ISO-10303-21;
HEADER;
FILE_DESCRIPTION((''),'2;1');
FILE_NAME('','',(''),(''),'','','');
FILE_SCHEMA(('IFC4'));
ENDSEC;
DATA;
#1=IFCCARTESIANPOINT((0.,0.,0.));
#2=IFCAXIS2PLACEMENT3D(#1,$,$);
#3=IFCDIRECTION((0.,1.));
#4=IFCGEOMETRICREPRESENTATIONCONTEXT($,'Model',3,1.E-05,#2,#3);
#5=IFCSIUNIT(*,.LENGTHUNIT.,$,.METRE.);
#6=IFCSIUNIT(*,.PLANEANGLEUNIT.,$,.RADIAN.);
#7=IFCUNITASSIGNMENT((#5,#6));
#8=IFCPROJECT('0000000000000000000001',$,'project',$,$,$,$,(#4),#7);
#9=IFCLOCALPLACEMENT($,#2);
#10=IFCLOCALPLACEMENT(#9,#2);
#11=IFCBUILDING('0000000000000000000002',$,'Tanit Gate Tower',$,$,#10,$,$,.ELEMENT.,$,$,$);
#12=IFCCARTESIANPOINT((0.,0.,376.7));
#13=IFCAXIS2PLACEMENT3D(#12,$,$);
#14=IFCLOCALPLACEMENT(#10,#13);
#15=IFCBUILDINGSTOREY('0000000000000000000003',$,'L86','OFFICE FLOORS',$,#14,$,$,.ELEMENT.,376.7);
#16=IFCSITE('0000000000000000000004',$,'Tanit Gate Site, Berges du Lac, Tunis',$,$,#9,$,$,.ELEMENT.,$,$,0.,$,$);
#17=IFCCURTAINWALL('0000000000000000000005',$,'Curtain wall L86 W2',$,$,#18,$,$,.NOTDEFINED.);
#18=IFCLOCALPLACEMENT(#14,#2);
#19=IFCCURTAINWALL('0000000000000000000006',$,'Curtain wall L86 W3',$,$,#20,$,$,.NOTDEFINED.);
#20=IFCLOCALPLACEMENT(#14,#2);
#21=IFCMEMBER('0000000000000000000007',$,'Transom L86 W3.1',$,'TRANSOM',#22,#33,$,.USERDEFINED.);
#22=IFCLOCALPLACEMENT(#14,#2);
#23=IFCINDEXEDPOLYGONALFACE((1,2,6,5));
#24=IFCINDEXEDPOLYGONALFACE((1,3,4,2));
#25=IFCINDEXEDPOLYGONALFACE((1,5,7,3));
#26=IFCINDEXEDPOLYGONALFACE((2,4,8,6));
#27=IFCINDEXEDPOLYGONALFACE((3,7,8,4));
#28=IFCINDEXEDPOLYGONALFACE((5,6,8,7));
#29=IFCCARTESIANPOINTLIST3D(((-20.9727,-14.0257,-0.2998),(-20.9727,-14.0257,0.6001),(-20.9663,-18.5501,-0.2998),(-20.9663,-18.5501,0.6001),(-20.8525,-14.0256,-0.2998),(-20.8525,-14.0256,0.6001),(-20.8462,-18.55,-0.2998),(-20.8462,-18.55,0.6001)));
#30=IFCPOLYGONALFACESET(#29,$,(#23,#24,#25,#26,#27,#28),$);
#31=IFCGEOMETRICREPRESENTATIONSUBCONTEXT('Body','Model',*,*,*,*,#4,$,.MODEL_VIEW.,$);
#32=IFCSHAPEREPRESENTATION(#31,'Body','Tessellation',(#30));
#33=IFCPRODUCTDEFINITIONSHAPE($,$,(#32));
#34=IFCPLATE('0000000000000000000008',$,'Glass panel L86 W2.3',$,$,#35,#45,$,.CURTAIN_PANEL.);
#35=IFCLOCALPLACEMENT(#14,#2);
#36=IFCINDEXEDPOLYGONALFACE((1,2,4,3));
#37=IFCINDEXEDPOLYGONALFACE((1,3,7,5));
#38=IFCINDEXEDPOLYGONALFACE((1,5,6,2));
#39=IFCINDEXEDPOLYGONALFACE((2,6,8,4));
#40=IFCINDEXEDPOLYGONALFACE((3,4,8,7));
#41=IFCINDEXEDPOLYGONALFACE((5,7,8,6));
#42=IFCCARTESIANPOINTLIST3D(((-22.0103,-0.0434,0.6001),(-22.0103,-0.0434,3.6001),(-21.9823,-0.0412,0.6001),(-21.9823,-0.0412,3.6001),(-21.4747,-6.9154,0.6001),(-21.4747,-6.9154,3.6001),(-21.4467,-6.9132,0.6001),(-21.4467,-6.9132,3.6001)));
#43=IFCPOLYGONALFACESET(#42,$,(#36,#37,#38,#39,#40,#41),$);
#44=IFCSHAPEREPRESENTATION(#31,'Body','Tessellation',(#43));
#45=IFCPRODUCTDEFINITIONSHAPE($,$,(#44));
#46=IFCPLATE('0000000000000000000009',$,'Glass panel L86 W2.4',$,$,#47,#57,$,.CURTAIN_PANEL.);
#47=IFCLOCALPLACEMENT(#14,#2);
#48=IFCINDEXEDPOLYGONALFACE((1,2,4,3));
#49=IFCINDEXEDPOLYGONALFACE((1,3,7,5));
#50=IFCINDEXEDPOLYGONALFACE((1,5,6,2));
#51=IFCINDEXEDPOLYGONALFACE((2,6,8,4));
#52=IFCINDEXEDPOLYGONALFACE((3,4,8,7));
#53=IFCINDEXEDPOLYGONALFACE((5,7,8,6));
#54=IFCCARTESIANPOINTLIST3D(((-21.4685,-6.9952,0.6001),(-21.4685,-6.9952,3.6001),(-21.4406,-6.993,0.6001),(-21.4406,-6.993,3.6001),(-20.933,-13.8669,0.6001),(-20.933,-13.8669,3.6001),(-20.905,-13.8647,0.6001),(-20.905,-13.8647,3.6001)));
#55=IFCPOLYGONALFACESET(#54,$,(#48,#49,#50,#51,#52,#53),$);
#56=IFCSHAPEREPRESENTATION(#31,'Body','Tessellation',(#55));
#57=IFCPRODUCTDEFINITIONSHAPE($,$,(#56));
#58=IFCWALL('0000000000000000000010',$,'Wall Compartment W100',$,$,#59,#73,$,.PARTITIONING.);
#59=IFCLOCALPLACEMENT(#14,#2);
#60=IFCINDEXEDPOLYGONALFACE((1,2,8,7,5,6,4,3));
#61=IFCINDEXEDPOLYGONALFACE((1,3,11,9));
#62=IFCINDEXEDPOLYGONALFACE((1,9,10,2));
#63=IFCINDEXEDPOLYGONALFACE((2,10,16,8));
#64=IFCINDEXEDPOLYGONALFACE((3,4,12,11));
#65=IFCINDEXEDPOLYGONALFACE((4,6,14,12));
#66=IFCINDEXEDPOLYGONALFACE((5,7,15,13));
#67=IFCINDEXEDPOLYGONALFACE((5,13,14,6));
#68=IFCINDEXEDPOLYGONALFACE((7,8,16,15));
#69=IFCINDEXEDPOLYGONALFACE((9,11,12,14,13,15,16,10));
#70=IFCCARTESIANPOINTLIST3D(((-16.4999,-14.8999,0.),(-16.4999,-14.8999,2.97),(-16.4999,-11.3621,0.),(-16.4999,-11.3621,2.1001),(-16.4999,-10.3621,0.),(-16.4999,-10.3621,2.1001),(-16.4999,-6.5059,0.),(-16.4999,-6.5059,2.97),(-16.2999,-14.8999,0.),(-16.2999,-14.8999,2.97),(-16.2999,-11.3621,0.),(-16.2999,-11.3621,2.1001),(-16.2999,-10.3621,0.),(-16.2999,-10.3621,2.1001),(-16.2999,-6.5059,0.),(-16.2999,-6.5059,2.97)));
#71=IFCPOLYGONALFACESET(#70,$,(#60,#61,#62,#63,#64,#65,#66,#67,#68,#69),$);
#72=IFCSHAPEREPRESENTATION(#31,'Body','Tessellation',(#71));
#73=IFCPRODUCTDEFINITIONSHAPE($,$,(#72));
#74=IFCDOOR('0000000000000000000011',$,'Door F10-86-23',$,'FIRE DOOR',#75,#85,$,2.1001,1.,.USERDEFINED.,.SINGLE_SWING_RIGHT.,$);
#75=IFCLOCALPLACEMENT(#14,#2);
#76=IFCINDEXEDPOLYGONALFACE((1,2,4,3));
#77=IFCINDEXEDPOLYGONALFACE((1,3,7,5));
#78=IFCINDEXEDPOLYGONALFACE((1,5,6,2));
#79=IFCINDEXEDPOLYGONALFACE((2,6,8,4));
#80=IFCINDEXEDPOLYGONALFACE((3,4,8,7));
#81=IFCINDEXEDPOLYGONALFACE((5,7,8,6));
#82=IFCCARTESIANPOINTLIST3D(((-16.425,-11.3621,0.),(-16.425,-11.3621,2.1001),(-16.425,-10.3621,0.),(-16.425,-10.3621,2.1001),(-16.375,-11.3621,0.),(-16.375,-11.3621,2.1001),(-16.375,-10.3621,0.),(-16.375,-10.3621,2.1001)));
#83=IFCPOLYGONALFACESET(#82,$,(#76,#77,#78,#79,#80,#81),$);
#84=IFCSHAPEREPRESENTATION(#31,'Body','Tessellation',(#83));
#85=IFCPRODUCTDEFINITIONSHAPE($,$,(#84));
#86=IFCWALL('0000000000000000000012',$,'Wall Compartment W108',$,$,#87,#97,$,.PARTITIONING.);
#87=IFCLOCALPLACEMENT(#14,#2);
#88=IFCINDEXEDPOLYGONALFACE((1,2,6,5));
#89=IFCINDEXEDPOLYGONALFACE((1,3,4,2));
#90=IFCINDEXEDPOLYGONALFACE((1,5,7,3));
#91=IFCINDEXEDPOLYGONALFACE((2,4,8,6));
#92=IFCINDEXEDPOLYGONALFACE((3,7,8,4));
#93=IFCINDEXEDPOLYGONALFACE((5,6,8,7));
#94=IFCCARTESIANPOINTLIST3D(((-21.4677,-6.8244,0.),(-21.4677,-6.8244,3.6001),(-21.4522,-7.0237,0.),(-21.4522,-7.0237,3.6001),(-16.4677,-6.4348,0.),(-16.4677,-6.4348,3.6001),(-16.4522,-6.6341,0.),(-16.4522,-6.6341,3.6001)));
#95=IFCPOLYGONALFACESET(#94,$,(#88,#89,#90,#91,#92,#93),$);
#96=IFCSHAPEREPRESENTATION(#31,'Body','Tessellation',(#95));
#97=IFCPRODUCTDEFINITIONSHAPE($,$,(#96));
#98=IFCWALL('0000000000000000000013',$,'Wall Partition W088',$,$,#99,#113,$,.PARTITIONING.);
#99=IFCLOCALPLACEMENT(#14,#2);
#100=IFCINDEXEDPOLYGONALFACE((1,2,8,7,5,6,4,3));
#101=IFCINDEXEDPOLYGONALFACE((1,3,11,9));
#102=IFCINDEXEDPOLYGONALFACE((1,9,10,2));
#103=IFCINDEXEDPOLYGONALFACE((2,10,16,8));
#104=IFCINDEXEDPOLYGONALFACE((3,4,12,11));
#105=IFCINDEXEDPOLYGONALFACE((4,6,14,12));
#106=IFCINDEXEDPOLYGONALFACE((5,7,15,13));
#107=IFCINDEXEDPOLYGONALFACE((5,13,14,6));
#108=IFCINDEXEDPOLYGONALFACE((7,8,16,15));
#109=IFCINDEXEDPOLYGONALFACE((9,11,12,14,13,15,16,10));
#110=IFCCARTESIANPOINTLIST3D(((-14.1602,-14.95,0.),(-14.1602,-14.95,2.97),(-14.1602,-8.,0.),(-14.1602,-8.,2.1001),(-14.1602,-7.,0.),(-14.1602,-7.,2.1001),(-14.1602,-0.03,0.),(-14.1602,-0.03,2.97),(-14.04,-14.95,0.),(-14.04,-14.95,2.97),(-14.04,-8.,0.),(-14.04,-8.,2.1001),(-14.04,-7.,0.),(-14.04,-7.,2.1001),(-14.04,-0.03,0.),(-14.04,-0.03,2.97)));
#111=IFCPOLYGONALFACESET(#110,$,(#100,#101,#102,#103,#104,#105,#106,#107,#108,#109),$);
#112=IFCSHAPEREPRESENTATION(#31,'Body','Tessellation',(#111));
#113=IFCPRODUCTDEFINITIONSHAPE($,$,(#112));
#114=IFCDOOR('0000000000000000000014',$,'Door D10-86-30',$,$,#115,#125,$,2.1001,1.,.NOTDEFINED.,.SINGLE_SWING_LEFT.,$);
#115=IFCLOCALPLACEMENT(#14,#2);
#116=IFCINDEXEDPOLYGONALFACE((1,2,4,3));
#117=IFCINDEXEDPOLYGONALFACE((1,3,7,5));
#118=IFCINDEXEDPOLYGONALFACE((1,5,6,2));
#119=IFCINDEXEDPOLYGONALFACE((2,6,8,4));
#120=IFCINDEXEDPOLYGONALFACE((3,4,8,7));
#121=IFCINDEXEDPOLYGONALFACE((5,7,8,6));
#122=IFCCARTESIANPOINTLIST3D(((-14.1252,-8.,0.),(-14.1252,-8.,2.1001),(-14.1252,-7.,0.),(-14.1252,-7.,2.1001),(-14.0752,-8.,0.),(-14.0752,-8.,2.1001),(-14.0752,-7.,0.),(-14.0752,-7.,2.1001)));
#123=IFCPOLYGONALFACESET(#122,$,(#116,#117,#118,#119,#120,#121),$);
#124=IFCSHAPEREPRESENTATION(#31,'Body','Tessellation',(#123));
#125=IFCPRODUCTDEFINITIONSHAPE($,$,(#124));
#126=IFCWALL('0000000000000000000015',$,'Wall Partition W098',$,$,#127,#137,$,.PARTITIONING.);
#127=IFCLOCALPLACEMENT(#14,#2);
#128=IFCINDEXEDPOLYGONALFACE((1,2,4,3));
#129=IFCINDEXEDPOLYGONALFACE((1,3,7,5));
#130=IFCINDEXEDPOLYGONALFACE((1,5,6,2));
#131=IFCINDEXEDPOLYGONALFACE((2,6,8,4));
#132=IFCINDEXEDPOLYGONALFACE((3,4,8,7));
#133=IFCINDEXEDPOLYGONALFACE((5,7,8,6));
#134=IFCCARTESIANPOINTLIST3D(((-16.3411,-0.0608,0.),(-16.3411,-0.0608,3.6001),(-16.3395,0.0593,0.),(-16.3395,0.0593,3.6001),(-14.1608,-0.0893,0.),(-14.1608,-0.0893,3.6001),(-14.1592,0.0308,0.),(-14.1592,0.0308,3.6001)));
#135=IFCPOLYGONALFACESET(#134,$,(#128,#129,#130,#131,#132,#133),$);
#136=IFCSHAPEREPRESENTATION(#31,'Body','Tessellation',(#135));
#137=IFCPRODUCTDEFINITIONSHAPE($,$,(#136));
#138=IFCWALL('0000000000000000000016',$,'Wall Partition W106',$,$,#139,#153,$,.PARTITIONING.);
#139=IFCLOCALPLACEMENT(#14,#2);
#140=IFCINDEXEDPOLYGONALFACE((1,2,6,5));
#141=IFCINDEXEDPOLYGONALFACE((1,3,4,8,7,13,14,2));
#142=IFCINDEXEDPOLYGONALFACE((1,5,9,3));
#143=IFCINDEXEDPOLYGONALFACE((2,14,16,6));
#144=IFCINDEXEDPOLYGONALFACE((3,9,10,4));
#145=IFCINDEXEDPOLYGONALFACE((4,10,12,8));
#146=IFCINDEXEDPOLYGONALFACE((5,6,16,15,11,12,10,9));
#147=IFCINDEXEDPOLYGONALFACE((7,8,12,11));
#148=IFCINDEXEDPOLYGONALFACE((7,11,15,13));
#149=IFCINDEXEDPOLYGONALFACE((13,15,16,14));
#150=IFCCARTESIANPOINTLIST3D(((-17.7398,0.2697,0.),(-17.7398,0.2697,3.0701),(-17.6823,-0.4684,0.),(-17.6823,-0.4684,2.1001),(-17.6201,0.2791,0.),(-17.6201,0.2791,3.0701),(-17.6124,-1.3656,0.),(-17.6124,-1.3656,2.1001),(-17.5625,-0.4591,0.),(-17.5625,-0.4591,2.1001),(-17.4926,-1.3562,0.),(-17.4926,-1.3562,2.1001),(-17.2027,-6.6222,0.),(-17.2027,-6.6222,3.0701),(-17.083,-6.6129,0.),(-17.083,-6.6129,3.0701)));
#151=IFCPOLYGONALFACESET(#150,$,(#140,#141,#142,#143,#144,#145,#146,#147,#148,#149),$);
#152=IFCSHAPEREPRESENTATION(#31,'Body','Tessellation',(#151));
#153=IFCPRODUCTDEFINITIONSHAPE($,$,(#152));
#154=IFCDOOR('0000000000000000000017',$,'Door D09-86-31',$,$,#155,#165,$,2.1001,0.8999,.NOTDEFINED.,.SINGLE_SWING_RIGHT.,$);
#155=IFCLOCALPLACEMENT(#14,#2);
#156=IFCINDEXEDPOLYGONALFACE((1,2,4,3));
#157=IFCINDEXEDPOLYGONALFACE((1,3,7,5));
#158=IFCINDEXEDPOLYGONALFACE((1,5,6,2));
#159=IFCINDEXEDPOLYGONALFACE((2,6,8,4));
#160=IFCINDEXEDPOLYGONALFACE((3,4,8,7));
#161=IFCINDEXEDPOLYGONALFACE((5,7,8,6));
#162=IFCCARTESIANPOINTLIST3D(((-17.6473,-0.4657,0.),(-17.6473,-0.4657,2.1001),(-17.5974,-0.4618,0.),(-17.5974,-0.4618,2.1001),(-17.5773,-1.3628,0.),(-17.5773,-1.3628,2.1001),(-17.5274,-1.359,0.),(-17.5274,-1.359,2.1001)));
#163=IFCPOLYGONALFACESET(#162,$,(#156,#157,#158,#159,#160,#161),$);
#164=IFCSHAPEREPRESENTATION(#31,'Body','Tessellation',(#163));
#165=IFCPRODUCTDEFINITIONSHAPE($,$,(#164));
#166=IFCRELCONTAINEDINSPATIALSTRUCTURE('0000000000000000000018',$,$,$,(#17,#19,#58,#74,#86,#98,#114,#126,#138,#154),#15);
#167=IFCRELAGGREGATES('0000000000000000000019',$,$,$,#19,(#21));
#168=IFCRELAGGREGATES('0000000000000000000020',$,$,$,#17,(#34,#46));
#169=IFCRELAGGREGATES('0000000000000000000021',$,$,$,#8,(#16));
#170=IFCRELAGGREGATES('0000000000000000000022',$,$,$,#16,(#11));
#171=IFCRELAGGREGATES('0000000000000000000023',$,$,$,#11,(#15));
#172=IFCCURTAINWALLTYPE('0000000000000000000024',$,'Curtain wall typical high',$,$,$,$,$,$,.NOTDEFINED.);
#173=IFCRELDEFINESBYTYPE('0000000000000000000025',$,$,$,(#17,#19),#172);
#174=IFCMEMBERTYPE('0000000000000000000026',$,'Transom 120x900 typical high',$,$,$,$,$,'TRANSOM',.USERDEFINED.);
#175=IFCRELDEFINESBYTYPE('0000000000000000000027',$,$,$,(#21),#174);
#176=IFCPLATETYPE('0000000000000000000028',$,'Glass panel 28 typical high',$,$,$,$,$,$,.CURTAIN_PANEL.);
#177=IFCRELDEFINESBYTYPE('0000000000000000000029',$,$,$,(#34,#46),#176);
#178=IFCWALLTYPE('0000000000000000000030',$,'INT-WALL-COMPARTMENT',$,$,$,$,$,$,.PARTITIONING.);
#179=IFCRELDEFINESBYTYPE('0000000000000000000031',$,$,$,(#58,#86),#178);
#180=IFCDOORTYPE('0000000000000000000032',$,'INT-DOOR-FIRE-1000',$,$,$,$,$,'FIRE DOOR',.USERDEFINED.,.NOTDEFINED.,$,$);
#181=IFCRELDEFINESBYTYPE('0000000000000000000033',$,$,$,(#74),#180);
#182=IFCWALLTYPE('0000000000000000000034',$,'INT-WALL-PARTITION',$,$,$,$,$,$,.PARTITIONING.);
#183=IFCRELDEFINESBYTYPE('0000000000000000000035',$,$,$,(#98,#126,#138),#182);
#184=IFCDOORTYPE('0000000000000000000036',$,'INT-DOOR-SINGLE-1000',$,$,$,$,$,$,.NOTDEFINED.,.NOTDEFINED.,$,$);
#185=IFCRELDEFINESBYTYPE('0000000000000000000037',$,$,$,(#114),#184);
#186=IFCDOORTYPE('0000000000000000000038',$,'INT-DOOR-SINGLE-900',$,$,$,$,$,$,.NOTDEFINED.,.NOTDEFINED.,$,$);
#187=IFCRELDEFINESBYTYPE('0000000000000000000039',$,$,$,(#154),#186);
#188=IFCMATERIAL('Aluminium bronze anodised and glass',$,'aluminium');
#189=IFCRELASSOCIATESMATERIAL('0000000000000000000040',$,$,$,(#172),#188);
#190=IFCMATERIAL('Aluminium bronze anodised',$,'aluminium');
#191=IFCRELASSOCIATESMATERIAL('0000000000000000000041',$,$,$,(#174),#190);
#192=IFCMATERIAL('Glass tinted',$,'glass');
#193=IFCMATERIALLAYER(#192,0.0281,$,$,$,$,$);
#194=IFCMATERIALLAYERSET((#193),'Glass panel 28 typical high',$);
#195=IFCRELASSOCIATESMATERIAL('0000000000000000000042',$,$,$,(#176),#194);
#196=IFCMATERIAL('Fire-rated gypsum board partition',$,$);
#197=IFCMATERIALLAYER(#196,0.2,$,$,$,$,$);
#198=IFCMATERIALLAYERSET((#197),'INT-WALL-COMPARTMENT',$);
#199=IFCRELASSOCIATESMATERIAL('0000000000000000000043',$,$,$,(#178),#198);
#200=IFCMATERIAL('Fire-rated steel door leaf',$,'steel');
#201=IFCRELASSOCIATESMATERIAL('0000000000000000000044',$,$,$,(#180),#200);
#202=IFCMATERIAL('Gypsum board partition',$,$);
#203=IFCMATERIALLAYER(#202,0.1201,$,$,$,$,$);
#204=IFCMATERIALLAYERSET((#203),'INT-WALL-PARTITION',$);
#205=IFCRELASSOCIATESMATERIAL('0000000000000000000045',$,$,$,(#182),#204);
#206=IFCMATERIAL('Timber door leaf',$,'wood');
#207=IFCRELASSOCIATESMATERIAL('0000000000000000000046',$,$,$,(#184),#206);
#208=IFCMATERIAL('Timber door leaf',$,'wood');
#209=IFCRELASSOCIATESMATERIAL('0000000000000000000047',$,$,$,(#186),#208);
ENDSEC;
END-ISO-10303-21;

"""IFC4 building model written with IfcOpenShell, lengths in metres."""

from ifc_helpers import new_model, si_unit, direction, frame, frame_2d, origin, origin_2d, place, context, subcontext, project, spatial, rectangle, extrude, material, layer, layer_set, material_profile, profile_set, type_object, element, fill, aggregate, save


model = new_model("IFC4")

# Units and contexts
model_context = context("Model", 3, precision=1e-05, world=origin(), true_north=direction((0.0, 1.0)))
body_context = subcontext(model_context, "Body", "Model", "MODEL_VIEW")
ifc_project = project(units=[si_unit("LENGTHUNIT", "METRE"), si_unit("PLANEANGLEUNIT", "RADIAN")], contexts=[model_context])

# Site, building, storey
site_placement = place(None, origin())
site = spatial("IfcSite", under=ifc_project, at=site_placement, Name="Tanit Gate Site, Berges du Lac, Tunis", CompositionType="ELEMENT", RefElevation=0.0)
building_placement = place(site_placement, origin())
building = spatial("IfcBuilding", under=site, at=building_placement, Name="Tanit Gate Tower", CompositionType="ELEMENT")
storey_placement = place(building_placement, frame((0.0, 0.0, 376.7)))
storey = spatial("IfcBuildingStorey", under=building, at=storey_placement, Name="L86", Description="OFFICE FLOORS", CompositionType="ELEMENT", Elevation=376.7)

# Curtain wall
ifc_material_1 = material(Name="Aluminium bronze anodised and glass", Category="aluminium")
curtain_wall_type = type_object("IfcCurtainWallType", Name="Curtain wall typical high", PredefinedType="NOTDEFINED", material=ifc_material_1)
curtain_wall_1_placement = place(storey_placement, origin())
curtain_wall_1 = element("IfcCurtainWall", 1, at=curtain_wall_1_placement, inside=storey, type_object=curtain_wall_type, Name="Curtain wall L86 W2", PredefinedType="NOTDEFINED")

# Shared definitions
ifc_material_2 = material(Name="Aluminium bronze anodised", Category="aluminium")
ifc_material_profile_1 = material_profile(ifc_material_2, rectangle(XDim=0.1201, YDim=0.8999, at=origin_2d()), Name="120x900 bronze transom")
ifc_profile_set_1 = profile_set([ifc_material_profile_1], Name="Aluminium bronze anodised")
member_type_1 = type_object("IfcMemberType", Name="Transom 120x900 typical high", ElementType="TRANSOM", PredefinedType="USERDEFINED", material=ifc_profile_set_1)

# Curtain wall, member
curtain_wall_2_placement = place(storey_placement, origin())
curtain_wall_2 = element("IfcCurtainWall", 2, at=curtain_wall_2_placement, inside=storey, type_object=curtain_wall_type, Name="Curtain wall L86 W3", PredefinedType="NOTDEFINED")
member_1_placement = place(storey_placement, frame((-20.9126, -14.0256, 0.1501), z_axis=(0.001403, -0.999999, 0.0), x_axis=(0.999999, 0.001403, 0.0)))
member_1 = element("IfcMember", 3, at=member_1_placement, type_object=member_type_1, Name="Transom L86 W3.1", ObjectType="TRANSOM", PredefinedType="USERDEFINED", context=body_context, shape_type="SweptSolid", body=[
    extrude(rectangle(XDim=0.1201, YDim=0.8999, at=origin_2d()), origin(), (0.0, 0.0, 1.0), 4.5244),
])
aggregate(curtain_wall_2, [member_1])

# Plates
ifc_material_3 = material(Name="Glass tinted", Category="glass")
ifc_layer_1 = layer(ifc_material_3, 0.0281)
ifc_layer_set_1 = layer_set([ifc_layer_1], Name="Glass panel 28 typical high")
plate_type = type_object("IfcPlateType", Name="Glass panel 28 typical high", PredefinedType="CURTAIN_PANEL", material=ifc_layer_set_1)
plate_1_placement = place(storey_placement, frame((-21.7285, -3.4783, 0.6001), z_axis=(0.0, 0.0, 1.0), x_axis=(0.077701, -0.996977, 0.0)))
plate_1 = element("IfcPlate", 4, at=plate_1_placement, type_object=plate_type, Name="Glass panel L86 W2.3", PredefinedType="CURTAIN_PANEL", context=body_context, shape_type="SweptSolid", body=[
    extrude(rectangle(XDim=6.8928, YDim=0.0281, at=origin_2d()), origin(), (0.0, 0.0, 1.0), 3.0),
])
plate_2_placement = place(storey_placement, frame((-21.1868, -10.4299, 0.6001), z_axis=(0.0, 0.0, 1.0), x_axis=(0.077701, -0.996977, 0.0)))
plate_2 = element("IfcPlate", 5, at=plate_2_placement, type_object=plate_type, Name="Glass panel L86 W2.4", PredefinedType="CURTAIN_PANEL", context=body_context, shape_type="SweptSolid", body=[
    extrude(rectangle(XDim=6.8926, YDim=0.0281, at=origin_2d()), origin(), (0.0, 0.0, 1.0), 3.0),
])
aggregate(curtain_wall_1, [plate_1, plate_2])

# Wall, opening, door
ifc_material_4 = material(Name="Fire-rated gypsum board partition")
ifc_layer_2 = layer(ifc_material_4, 0.2)
ifc_layer_set_2 = layer_set([ifc_layer_2], Name="INT-WALL-COMPARTMENT")
wall_type_1 = type_object("IfcWallType", Name="INT-WALL-COMPARTMENT", PredefinedType="PARTITIONING", material=ifc_layer_set_2)
wall_1_placement = place(storey_placement, frame((-16.3999, -6.5059, 0.0), z_axis=(0.0, 0.0, 1.0), x_axis=(0.0, -1.0, 0.0)))
wall_1 = element("IfcWall", 6, at=wall_1_placement, inside=storey, type_object=wall_type_1, Name="Wall Compartment W100", PredefinedType="PARTITIONING", context=body_context, shape_type="SweptSolid", body=[
    extrude(rectangle(XDim=8.394, YDim=0.2, at=frame_2d((4.197, 0.0))), origin(), (0.0, 0.0, 1.0), 2.97),
])
opening_1_placement = place(wall_1_placement, frame((3.8562, 0.0, 0.0)))
opening_1 = element("IfcOpeningElement", 7, at=opening_1_placement, cuts=wall_1, PredefinedType="OPENING", context=body_context, shape_type="SweptSolid", body=[
    extrude(rectangle(XDim=1.0, YDim=2.1001, at=frame_2d((0.5, 1.05))), frame((0.0, 0.1099, 0.0), z_axis=(0.0, -1.0, 0.0), x_axis=(1.0, 0.0, 0.0)), (0.0, 0.0, 1.0), 0.22),
])
ifc_material_5 = material(Name="Fire-rated steel door leaf", Category="steel")
door_type_1 = type_object("IfcDoorType", Name="INT-DOOR-FIRE-1000", ElementType="FIRE DOOR", OperationType="NOTDEFINED", PredefinedType="USERDEFINED", material=ifc_material_5)
door_1_placement = place(opening_1_placement, origin())
door_1 = element("IfcDoor", 8, at=door_1_placement, inside=storey, type_object=door_type_1, Name="Door F10-86-23", ObjectType="FIRE DOOR", OperationType="SINGLE_SWING_RIGHT", OverallHeight=2.1001, OverallWidth=1.0, PredefinedType="USERDEFINED", context=body_context, shape_type="SweptSolid", body=[
    extrude(rectangle(XDim=1.0, YDim=2.1001, at=frame_2d((0.5, 1.05))), frame((0.0, 0.0249, 0.0), z_axis=(0.0, -1.0, 0.0), x_axis=(1.0, 0.0, 0.0)), (0.0, 0.0, 1.0), 0.05),
])
fill(opening_1, door_1)

# Wall
wall_2_placement = place(storey_placement, frame((-16.46, -6.5344, 0.0), z_axis=(0.0, 0.0, 1.0), x_axis=(-0.996977, -0.077694, 0.0)))
element("IfcWall", 9, at=wall_2_placement, inside=storey, type_object=wall_type_1, Name="Wall Compartment W108", PredefinedType="PARTITIONING", context=body_context, shape_type="SweptSolid", body=[
    extrude(rectangle(XDim=5.0151, YDim=0.2, at=frame_2d((2.5076, 0.0))), origin(), (0.0, 0.0, 1.0), 3.6001),
])

# Wall, opening, door
ifc_material_6 = material(Name="Gypsum board partition")
ifc_layer_3 = layer(ifc_material_6, 0.1201)
ifc_layer_set_3 = layer_set([ifc_layer_3], Name="INT-WALL-PARTITION")
wall_type_2 = type_object("IfcWallType", Name="INT-WALL-PARTITION", PredefinedType="PARTITIONING", material=ifc_layer_set_3)
wall_3_placement = place(storey_placement, frame((-14.1001, -0.03, 0.0), z_axis=(0.0, 0.0, 1.0), x_axis=(0.0, -1.0, 0.0)))
wall_3 = element("IfcWall", 10, at=wall_3_placement, inside=storey, type_object=wall_type_2, Name="Wall Partition W088", PredefinedType="PARTITIONING", context=body_context, shape_type="SweptSolid", body=[
    extrude(rectangle(XDim=14.9199, YDim=0.1201, at=frame_2d((7.46, 0.0))), origin(), (0.0, 0.0, 1.0), 2.97),
])
opening_2_placement = place(wall_3_placement, frame((6.97, 0.0, 0.0)))
opening_2 = element("IfcOpeningElement", 11, at=opening_2_placement, cuts=wall_3, PredefinedType="OPENING", context=body_context, shape_type="SweptSolid", body=[
    extrude(rectangle(XDim=1.0, YDim=2.1001, at=frame_2d((0.5, 1.05))), frame((0.0, 0.0701, 0.0), z_axis=(0.0, -1.0, 0.0), x_axis=(1.0, 0.0, 0.0)), (0.0, 0.0, 1.0), 0.1401),
])
ifc_material_7 = material(Name="Timber door leaf", Category="wood")
door_type_2 = type_object("IfcDoorType", Name="INT-DOOR-SINGLE-1000", OperationType="NOTDEFINED", PredefinedType="NOTDEFINED", material=ifc_material_7)
door_2_placement = place(opening_2_placement, origin())
door_2 = element("IfcDoor", 12, at=door_2_placement, inside=storey, type_object=door_type_2, Name="Door D10-86-30", OperationType="SINGLE_SWING_LEFT", OverallHeight=2.1001, OverallWidth=1.0, PredefinedType="NOTDEFINED", context=body_context, shape_type="SweptSolid", body=[
    extrude(rectangle(XDim=1.0, YDim=2.1001, at=frame_2d((0.5, 1.05))), frame((0.0, 0.0249, 0.0), z_axis=(0.0, -1.0, 0.0), x_axis=(1.0, 0.0, 0.0)), (0.0, 0.0, 1.0), 0.05),
])
fill(opening_2, door_2)

# Wall
wall_4_placement = place(storey_placement, frame((-14.1599, -0.0293, 0.0), z_axis=(0.0, 0.0, 1.0), x_axis=(-0.999914, 0.013101, 0.0)))
element("IfcWall", 13, at=wall_4_placement, inside=storey, type_object=wall_type_2, Name="Wall Partition W098", PredefinedType="PARTITIONING", context=body_context, shape_type="SweptSolid", body=[
    extrude(rectangle(XDim=2.1804, YDim=0.1201, at=frame_2d((1.0903, 0.0))), origin(), (0.0, 0.0, 1.0), 3.6001),
])

# Wall, opening, door
wall_5_placement = place(storey_placement, frame((-17.1428, -6.6177, 0.0), z_axis=(0.0, 0.0, 1.0), x_axis=(-0.077698, 0.996977, 0.0)))
wall_5 = element("IfcWall", 14, at=wall_5_placement, inside=storey, type_object=wall_type_2, Name="Wall Partition W106", PredefinedType="PARTITIONING", context=body_context, shape_type="SweptSolid", body=[
    extrude(rectangle(XDim=6.9128, YDim=0.1201, at=frame_2d((3.4565, 0.0))), origin(), (0.0, 0.0, 1.0), 3.0701),
])
opening_3_placement = place(wall_5_placement, frame((5.2727, 0.0, 0.0)))
opening_3 = element("IfcOpeningElement", 15, at=opening_3_placement, cuts=wall_5, PredefinedType="OPENING", context=body_context, shape_type="SweptSolid", body=[
    extrude(rectangle(XDim=0.8999, YDim=2.1001, at=frame_2d((0.45, 1.05))), frame((0.0, 0.0701, 0.0), z_axis=(0.0, -1.0, 0.0), x_axis=(1.0, 0.0, 0.0)), (0.0, 0.0, 1.0), 0.1401),
])
ifc_material_8 = material(Name="Timber door leaf", Category="wood")
door_type_3 = type_object("IfcDoorType", Name="INT-DOOR-SINGLE-900", OperationType="NOTDEFINED", PredefinedType="NOTDEFINED", material=ifc_material_8)
door_3_placement = place(opening_3_placement, origin())
door_3 = element("IfcDoor", 16, at=door_3_placement, inside=storey, type_object=door_type_3, Name="Door D09-86-31", OperationType="SINGLE_SWING_RIGHT", OverallHeight=2.1001, OverallWidth=0.8999, PredefinedType="NOTDEFINED", context=body_context, shape_type="SweptSolid", body=[
    extrude(rectangle(XDim=0.8999, YDim=2.1001, at=frame_2d((0.45, 1.05))), frame((0.0, 0.0249, 0.0), z_axis=(0.0, -1.0, 0.0), x_axis=(1.0, 0.0, 0.0)), (0.0, 0.0, 1.0), 0.05),
])
fill(opening_3, door_3)

save(model, "model.ifc")
